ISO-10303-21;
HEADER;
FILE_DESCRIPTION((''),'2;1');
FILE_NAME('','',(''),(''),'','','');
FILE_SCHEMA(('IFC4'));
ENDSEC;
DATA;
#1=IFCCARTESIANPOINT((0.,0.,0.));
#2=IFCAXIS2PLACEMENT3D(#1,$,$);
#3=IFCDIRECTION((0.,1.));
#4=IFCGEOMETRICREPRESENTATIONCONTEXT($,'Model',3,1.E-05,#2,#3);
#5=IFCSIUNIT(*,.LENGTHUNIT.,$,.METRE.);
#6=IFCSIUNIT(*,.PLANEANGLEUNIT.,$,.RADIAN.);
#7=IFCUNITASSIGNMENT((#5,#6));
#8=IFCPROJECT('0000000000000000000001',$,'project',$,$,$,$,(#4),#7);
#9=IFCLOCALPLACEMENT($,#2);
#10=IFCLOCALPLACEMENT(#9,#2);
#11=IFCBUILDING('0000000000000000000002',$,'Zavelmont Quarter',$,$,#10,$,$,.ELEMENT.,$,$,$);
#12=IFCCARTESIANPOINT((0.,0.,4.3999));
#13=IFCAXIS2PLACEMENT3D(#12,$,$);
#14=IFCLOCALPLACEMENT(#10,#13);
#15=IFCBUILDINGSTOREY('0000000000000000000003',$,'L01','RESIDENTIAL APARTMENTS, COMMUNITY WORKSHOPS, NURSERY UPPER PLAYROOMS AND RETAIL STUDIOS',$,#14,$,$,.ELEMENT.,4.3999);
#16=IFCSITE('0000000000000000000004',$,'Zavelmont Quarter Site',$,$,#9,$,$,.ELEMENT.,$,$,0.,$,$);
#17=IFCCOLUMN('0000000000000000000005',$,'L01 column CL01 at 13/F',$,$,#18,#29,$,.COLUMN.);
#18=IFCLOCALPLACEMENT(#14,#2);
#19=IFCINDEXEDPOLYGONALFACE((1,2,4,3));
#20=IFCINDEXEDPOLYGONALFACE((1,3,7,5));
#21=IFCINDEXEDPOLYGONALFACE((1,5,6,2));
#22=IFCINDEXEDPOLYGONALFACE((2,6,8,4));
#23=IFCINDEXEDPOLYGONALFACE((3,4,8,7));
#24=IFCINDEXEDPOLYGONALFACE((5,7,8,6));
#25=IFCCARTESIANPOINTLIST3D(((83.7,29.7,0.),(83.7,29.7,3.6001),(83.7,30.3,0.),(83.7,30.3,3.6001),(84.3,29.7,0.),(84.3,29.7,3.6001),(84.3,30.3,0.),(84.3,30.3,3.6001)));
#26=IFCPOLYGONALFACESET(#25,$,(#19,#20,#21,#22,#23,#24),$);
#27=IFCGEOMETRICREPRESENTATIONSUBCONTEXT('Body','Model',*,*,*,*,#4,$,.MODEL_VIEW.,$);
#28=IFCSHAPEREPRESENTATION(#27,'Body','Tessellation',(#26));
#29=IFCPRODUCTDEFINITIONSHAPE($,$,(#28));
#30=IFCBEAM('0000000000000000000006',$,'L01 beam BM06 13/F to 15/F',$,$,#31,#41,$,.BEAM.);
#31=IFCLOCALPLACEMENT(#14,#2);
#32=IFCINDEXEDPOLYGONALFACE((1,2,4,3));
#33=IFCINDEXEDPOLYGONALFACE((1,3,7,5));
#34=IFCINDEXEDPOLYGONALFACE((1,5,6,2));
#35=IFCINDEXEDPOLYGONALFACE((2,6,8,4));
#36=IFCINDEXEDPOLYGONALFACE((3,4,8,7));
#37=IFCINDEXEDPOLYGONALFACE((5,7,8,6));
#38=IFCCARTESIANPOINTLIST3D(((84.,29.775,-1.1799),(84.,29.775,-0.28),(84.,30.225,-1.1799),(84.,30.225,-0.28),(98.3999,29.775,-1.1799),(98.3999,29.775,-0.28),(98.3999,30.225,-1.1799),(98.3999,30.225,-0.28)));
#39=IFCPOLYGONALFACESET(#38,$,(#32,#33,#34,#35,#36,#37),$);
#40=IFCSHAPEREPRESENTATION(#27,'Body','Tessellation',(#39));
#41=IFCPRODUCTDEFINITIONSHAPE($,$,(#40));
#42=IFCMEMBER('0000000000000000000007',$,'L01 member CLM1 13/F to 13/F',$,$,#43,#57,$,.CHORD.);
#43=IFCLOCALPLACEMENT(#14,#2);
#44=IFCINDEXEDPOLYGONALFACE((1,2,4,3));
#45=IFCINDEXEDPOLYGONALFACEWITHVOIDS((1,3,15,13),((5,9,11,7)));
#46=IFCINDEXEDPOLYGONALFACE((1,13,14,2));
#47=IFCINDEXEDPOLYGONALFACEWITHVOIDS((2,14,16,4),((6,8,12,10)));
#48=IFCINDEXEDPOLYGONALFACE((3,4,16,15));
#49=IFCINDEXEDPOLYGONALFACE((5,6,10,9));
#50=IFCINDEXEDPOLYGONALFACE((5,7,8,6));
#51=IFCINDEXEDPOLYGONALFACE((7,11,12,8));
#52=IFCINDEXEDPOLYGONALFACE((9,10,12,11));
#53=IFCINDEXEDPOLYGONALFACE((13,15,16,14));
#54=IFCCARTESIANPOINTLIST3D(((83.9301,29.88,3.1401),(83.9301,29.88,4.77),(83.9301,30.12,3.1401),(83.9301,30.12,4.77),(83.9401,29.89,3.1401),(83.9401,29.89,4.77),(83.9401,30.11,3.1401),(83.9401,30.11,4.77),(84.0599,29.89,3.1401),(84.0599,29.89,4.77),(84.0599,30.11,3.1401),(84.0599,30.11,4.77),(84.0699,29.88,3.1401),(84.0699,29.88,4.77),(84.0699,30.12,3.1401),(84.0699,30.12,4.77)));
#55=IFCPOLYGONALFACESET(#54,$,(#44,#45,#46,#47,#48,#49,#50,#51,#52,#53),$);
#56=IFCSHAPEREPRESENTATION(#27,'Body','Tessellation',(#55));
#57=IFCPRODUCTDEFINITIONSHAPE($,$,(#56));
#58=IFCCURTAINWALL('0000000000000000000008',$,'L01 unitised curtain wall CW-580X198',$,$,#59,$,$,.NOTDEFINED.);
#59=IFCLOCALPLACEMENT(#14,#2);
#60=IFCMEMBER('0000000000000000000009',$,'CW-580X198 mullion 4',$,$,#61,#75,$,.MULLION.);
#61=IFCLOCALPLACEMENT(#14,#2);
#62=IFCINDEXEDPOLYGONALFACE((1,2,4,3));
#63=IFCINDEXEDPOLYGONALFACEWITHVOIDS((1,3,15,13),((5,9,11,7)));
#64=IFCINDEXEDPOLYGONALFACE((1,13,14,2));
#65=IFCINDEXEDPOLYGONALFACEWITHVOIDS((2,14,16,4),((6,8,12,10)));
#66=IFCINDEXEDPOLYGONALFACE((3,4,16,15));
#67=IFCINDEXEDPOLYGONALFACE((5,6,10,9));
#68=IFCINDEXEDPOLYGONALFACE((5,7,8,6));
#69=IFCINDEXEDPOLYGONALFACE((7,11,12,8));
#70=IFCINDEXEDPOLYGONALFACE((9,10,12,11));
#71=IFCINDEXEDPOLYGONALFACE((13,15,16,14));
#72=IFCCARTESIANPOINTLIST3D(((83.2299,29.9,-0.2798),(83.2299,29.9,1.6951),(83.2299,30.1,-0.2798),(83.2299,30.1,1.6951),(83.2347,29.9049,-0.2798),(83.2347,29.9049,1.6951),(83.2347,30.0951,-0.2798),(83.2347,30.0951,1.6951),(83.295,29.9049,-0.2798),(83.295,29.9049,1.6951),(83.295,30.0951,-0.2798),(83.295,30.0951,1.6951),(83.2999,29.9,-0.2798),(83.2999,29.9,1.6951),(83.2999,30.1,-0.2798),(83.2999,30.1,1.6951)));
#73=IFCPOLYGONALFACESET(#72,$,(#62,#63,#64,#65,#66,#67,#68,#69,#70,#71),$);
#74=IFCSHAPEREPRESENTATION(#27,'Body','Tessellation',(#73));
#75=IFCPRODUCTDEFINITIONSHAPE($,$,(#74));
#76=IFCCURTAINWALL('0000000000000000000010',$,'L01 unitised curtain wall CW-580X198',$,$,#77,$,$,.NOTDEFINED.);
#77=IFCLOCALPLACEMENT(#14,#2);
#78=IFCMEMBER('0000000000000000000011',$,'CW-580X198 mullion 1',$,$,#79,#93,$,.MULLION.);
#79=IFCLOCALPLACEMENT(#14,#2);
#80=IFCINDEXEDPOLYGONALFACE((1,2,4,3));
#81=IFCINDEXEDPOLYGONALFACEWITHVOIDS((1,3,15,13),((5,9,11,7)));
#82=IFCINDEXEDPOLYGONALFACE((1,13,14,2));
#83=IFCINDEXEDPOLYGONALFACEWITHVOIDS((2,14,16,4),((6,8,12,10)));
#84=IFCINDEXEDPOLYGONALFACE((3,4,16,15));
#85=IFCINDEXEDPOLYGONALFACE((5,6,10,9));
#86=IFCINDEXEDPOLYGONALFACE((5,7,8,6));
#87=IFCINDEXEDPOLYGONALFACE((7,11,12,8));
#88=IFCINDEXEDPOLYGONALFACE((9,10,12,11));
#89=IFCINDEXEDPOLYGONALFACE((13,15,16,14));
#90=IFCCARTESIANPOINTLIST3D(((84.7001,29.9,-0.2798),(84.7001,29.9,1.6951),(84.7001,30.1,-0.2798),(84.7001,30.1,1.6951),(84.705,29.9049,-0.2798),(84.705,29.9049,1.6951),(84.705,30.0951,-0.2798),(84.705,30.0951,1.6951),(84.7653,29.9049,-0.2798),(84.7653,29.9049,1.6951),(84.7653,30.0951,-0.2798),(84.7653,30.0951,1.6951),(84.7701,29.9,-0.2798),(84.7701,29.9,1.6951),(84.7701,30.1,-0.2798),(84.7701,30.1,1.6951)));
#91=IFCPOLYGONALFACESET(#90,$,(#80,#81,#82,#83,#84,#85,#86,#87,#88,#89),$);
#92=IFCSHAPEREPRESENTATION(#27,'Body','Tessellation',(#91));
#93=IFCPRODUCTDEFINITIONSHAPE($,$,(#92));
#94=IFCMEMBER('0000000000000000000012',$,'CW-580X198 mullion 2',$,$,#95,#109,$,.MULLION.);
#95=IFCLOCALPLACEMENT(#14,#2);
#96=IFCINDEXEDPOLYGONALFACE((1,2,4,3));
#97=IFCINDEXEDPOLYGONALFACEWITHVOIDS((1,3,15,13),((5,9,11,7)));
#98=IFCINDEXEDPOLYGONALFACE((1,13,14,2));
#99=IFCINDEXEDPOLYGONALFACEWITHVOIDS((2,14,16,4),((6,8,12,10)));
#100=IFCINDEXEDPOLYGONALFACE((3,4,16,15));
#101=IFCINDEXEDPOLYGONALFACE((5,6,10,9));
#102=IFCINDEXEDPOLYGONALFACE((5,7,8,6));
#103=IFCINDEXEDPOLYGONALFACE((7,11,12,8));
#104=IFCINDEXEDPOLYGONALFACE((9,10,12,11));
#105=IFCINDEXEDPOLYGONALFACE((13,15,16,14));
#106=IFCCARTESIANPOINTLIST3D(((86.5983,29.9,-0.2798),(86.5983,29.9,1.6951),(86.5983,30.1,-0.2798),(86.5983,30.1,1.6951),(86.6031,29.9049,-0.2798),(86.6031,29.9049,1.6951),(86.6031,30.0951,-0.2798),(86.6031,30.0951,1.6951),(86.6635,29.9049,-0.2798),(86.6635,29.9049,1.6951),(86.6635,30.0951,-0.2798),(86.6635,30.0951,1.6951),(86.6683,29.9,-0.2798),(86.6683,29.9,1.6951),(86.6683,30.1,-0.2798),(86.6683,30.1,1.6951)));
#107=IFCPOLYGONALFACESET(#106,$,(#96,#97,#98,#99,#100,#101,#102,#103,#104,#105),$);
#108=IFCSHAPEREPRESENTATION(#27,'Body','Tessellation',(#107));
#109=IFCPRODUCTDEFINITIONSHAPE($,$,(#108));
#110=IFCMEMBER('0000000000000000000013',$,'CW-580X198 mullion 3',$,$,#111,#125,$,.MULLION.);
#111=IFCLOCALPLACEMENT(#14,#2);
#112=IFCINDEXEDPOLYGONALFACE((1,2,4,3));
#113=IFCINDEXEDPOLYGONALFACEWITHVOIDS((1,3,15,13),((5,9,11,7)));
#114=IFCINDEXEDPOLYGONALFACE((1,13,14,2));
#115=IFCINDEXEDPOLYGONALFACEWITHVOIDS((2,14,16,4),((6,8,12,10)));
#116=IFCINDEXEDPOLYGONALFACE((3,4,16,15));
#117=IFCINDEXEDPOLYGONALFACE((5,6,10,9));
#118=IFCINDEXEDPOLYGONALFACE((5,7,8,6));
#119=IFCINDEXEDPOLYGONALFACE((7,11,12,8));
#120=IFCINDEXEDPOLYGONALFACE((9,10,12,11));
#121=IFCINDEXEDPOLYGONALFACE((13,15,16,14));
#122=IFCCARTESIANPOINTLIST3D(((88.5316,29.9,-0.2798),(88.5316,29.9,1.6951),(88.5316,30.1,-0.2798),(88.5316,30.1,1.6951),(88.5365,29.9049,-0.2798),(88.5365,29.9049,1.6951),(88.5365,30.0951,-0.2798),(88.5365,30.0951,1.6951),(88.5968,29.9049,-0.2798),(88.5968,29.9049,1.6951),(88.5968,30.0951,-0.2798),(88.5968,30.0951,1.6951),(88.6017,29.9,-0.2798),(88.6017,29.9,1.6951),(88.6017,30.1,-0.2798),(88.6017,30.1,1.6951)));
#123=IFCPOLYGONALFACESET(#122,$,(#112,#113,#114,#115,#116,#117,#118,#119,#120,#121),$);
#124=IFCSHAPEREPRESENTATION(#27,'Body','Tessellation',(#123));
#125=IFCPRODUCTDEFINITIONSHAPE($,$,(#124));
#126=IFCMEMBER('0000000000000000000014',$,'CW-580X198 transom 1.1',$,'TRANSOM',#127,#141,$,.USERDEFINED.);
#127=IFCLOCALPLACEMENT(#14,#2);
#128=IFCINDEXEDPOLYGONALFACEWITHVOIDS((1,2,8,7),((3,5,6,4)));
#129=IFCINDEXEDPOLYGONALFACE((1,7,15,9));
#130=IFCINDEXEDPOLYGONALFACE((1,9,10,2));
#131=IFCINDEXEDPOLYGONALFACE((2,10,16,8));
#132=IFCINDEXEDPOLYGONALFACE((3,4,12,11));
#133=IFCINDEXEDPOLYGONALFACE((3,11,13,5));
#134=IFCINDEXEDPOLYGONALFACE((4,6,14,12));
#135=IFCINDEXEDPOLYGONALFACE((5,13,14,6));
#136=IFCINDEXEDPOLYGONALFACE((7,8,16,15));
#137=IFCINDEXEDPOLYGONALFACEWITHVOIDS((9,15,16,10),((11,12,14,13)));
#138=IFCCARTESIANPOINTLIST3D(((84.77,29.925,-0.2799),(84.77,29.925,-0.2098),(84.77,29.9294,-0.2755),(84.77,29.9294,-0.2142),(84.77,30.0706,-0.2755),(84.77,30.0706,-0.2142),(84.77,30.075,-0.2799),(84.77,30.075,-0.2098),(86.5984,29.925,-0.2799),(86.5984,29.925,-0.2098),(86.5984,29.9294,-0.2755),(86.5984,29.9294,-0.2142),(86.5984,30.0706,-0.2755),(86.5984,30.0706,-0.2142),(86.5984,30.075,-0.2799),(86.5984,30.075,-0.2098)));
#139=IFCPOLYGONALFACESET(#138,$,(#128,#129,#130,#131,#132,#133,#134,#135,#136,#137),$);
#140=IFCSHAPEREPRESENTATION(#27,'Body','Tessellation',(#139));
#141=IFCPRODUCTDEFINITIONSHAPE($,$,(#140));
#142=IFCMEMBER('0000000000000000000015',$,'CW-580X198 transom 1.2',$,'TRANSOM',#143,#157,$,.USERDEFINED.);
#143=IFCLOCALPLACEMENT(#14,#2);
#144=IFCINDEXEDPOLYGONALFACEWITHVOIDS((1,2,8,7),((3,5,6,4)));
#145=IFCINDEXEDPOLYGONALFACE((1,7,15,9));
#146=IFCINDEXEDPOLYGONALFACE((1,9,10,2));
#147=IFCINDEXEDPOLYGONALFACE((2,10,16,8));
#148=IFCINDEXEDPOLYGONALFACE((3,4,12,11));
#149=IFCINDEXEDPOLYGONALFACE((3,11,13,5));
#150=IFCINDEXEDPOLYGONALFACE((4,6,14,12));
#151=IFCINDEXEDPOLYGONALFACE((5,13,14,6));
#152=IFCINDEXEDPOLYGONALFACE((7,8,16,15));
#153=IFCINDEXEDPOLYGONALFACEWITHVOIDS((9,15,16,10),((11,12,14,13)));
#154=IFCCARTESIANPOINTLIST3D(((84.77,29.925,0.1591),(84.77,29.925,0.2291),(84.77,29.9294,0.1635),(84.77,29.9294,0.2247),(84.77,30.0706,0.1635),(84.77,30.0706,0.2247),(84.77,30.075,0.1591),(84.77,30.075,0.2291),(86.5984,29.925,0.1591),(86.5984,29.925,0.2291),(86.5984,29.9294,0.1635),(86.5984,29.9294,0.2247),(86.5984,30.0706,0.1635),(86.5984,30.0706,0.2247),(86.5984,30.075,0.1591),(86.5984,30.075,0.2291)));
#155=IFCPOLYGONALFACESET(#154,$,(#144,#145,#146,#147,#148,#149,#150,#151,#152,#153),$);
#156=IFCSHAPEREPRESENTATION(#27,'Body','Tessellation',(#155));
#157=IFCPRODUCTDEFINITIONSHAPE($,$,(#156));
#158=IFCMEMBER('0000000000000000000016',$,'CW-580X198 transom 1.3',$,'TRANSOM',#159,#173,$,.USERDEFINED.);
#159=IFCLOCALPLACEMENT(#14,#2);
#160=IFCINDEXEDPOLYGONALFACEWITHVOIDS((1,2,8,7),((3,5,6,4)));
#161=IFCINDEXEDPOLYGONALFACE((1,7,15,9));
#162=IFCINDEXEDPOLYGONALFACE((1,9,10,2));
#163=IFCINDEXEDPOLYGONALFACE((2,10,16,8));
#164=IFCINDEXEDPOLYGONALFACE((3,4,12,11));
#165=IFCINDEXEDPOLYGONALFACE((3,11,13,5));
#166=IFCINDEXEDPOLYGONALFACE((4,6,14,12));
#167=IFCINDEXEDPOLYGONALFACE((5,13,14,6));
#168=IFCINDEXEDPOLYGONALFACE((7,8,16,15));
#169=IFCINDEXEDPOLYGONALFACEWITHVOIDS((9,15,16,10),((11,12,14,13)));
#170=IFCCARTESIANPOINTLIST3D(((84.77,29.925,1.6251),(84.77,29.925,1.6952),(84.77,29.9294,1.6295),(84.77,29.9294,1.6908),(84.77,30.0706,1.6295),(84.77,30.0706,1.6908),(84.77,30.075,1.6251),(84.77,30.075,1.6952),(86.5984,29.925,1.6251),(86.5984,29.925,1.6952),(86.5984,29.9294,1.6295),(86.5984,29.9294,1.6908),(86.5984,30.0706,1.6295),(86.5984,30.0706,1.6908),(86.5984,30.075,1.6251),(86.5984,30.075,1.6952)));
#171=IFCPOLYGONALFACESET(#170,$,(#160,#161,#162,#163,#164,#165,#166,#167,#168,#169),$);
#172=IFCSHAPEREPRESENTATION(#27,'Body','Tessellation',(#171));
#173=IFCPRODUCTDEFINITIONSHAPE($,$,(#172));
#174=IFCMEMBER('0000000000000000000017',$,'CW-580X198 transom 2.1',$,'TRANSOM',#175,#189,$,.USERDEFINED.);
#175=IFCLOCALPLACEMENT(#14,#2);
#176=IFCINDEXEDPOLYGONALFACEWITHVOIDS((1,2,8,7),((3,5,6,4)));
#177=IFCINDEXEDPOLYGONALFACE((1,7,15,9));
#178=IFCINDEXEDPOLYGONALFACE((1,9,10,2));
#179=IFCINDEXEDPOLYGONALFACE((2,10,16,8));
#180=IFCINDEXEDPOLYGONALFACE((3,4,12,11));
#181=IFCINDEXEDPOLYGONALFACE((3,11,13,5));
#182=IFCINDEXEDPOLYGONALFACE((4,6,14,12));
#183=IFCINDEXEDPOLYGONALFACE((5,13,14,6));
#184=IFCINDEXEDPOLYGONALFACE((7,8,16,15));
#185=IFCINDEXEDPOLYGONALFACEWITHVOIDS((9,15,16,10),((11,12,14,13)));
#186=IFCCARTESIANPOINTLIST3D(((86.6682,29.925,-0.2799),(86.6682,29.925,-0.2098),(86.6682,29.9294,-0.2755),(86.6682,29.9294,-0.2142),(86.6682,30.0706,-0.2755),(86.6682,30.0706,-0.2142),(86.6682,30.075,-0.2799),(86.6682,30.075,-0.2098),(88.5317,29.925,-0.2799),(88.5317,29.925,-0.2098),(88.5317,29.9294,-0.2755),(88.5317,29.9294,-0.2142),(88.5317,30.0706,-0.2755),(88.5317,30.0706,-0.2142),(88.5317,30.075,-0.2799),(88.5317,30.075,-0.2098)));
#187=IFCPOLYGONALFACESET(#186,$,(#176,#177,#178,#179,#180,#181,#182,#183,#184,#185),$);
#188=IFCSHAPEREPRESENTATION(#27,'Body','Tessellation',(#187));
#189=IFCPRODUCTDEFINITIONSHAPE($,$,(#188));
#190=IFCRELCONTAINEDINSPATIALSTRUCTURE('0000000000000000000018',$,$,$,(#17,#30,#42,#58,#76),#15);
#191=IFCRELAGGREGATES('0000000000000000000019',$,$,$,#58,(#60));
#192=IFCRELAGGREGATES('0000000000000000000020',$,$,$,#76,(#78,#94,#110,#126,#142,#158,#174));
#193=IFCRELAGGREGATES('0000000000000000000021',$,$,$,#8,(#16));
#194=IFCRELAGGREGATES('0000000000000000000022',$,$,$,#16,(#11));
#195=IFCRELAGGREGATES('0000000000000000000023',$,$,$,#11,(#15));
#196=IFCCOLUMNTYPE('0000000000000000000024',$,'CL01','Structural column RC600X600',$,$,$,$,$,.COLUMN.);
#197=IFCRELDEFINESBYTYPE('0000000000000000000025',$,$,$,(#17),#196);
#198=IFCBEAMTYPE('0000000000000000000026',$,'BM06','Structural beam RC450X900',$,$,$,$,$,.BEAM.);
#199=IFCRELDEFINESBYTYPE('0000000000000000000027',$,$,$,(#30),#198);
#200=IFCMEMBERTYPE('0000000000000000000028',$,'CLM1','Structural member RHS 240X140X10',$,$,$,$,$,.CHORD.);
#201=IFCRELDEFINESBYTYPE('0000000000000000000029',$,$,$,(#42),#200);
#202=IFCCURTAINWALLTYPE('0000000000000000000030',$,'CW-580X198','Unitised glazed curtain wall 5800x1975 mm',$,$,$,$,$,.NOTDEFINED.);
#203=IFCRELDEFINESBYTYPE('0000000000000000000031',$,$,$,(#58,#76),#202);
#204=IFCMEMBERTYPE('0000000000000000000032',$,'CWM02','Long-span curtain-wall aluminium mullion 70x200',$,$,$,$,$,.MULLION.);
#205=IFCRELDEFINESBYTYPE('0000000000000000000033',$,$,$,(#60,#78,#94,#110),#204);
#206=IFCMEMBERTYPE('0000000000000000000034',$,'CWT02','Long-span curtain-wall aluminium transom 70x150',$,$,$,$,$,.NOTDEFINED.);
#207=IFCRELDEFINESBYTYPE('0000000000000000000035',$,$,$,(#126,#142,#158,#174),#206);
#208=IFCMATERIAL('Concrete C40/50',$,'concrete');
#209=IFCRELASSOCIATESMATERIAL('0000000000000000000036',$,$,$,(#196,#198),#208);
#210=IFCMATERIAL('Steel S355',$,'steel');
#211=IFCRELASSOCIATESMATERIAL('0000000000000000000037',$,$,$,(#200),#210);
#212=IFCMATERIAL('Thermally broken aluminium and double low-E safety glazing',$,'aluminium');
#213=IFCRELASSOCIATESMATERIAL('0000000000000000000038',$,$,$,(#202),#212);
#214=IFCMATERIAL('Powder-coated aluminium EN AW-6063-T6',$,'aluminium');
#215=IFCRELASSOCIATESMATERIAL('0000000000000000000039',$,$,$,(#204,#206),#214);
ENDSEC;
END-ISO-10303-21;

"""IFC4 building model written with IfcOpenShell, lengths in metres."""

from ifc_helpers import new_model, si_unit, direction, frame, origin, origin_2d, place, context, subcontext, project, spatial, rectangle, hollow_rectangle, extrude, material, material_profile, profile_set, type_object, element, aggregate, save


model = new_model("IFC4")

# Units and contexts
model_context = context("Model", 3, precision=1e-05, world=origin(), true_north=direction((0.0, 1.0)))
body_context = subcontext(model_context, "Body", "Model", "MODEL_VIEW")
ifc_project = project(units=[si_unit("LENGTHUNIT", "METRE"), si_unit("PLANEANGLEUNIT", "RADIAN")], contexts=[model_context])

# Site, building, storey
site_placement = place(None, origin())
site = spatial("IfcSite", under=ifc_project, at=site_placement, Name="Zavelmont Quarter Site", CompositionType="ELEMENT", RefElevation=0.0)
building_placement = place(site_placement, origin())
building = spatial("IfcBuilding", under=site, at=building_placement, Name="Zavelmont Quarter", CompositionType="ELEMENT")
storey_placement = place(building_placement, frame((0.0, 0.0, 4.3999)))
storey = spatial("IfcBuildingStorey", under=building, at=storey_placement, Name="L01", Description="RESIDENTIAL APARTMENTS, COMMUNITY WORKSHOPS, NURSERY UPPER PLAYROOMS AND RETAIL STUDIOS", CompositionType="ELEMENT", Elevation=4.3999)

# Column
ifc_material_1 = material(Name="Concrete C40/50", Category="concrete")
ifc_material_profile_1 = material_profile(ifc_material_1, rectangle(XDim=0.6001, YDim=0.6001, at=origin_2d()), Name="RC600X600")
ifc_profile_set_1 = profile_set([ifc_material_profile_1], Name="Concrete C40/50")
column_type = type_object("IfcColumnType", Name="CL01", Description="Structural column RC600X600", PredefinedType="COLUMN", material=ifc_profile_set_1)
column_placement = place(storey_placement, frame((84.0, 30.0, 0.0), z_axis=(0.0, 0.0, 1.0), x_axis=(1.0, 0.0, 0.0)))
element("IfcColumn", 1, at=column_placement, inside=storey, type_object=column_type, Name="L01 column CL01 at 13/F", PredefinedType="COLUMN", context=body_context, shape_type="SweptSolid", body=[
    extrude(rectangle(XDim=0.6001, YDim=0.6001, at=origin_2d()), origin(), (0.0, 0.0, 1.0), 3.6001),
])

# Beam
ifc_material_profile_2 = material_profile(ifc_material_1, rectangle(XDim=0.45, YDim=0.8999, at=origin_2d()), Name="RC450X900")
ifc_profile_set_2 = profile_set([ifc_material_profile_2], Name="Concrete C40/50")
beam_type = type_object("IfcBeamType", Name="BM06", Description="Structural beam RC450X900", PredefinedType="BEAM", material=ifc_profile_set_2)
beam_placement = place(storey_placement, frame((84.0, 30.0, -0.73), z_axis=(1.0, 0.0, 0.0), x_axis=(0.0, 1.0, 0.0)))
element("IfcBeam", 2, at=beam_placement, inside=storey, type_object=beam_type, Name="L01 beam BM06 13/F to 15/F", PredefinedType="BEAM", context=body_context, shape_type="SweptSolid", body=[
    extrude(rectangle(XDim=0.45, YDim=0.8999, at=origin_2d()), origin(), (0.0, 0.0, 1.0), 14.3999),
])

# Member
ifc_material_2 = material(Name="Steel S355", Category="steel")
ifc_material_profile_3 = material_profile(ifc_material_2, hollow_rectangle(XDim=0.1399, YDim=0.24, WallThickness=0.01, at=origin_2d()), Name="RHS 240X140X10")
ifc_profile_set_3 = profile_set([ifc_material_profile_3], Name="Steel S355")
member_type_1 = type_object("IfcMemberType", Name="CLM1", Description="Structural member RHS 240X140X10", PredefinedType="CHORD", material=ifc_profile_set_3)
member_1_placement = place(storey_placement, frame((84.0, 30.0, 3.1401), z_axis=(0.0, 0.0, 1.0), x_axis=(1.0, 0.0, 0.0)))
element("IfcMember", 3, at=member_1_placement, inside=storey, type_object=member_type_1, Name="L01 member CLM1 13/F to 13/F", PredefinedType="CHORD", context=body_context, shape_type="SweptSolid", body=[
    extrude(hollow_rectangle(XDim=0.1399, YDim=0.24, WallThickness=0.01, at=origin_2d()), origin(), (0.0, 0.0, 1.0), 1.6299),
])

# Curtain wall, member
ifc_material_3 = material(Name="Thermally broken aluminium and double low-E safety glazing", Category="aluminium")
curtain_wall_type = type_object("IfcCurtainWallType", Name="CW-580X198", Description="Unitised glazed curtain wall 5800x1975 mm", PredefinedType="NOTDEFINED", material=ifc_material_3)
curtain_wall_1_placement = place(storey_placement, origin())
curtain_wall_1 = element("IfcCurtainWall", 4, at=curtain_wall_1_placement, inside=storey, type_object=curtain_wall_type, Name="L01 unitised curtain wall CW-580X198", PredefinedType="NOTDEFINED")
ifc_material_4 = material(Name="Powder-coated aluminium EN AW-6063-T6", Category="aluminium")
ifc_material_profile_4 = material_profile(ifc_material_4, hollow_rectangle(XDim=0.0701, YDim=0.2, WallThickness=0.0049, at=origin_2d()), Name="CWM70X200")
ifc_profile_set_4 = profile_set([ifc_material_profile_4], Name="Powder-coated aluminium EN AW-6063-T6")
member_type_2 = type_object("IfcMemberType", Name="CWM02", Description="Long-span curtain-wall aluminium mullion 70x200", PredefinedType="MULLION", material=ifc_profile_set_4)
member_2_placement = place(storey_placement, frame((83.2649, 30.0, -0.2798), z_axis=(0.0, 0.0, 1.0), x_axis=(1.0, 0.0, 0.0)))
member_2 = element("IfcMember", 5, at=member_2_placement, type_object=member_type_2, Name="CW-580X198 mullion 4", PredefinedType="MULLION", context=body_context, shape_type="SweptSolid", body=[
    extrude(hollow_rectangle(XDim=0.0701, YDim=0.2, WallThickness=0.0049, at=origin_2d()), origin(), (0.0, 0.0, 1.0), 1.9749),
])
aggregate(curtain_wall_1, [member_2])

# Curtain wall, members
curtain_wall_2_placement = place(storey_placement, origin())
curtain_wall_2 = element("IfcCurtainWall", 6, at=curtain_wall_2_placement, inside=storey, type_object=curtain_wall_type, Name="L01 unitised curtain wall CW-580X198", PredefinedType="NOTDEFINED")
member_3_placement = place(storey_placement, frame((84.7351, 30.0, -0.2798), z_axis=(0.0, 0.0, 1.0), x_axis=(1.0, 0.0, 0.0)))
member_3 = element("IfcMember", 7, at=member_3_placement, type_object=member_type_2, Name="CW-580X198 mullion 1", PredefinedType="MULLION", context=body_context, shape_type="SweptSolid", body=[
    extrude(hollow_rectangle(XDim=0.0701, YDim=0.2, WallThickness=0.0049, at=origin_2d()), origin(), (0.0, 0.0, 1.0), 1.9749),
])
member_4_placement = place(storey_placement, frame((86.6333, 30.0, -0.2798), z_axis=(0.0, 0.0, 1.0), x_axis=(1.0, 0.0, 0.0)))
member_4 = element("IfcMember", 8, at=member_4_placement, type_object=member_type_2, Name="CW-580X198 mullion 2", PredefinedType="MULLION", context=body_context, shape_type="SweptSolid", body=[
    extrude(hollow_rectangle(XDim=0.0701, YDim=0.2, WallThickness=0.0049, at=origin_2d()), origin(), (0.0, 0.0, 1.0), 1.9749),
])
member_5_placement = place(storey_placement, frame((88.5667, 30.0, -0.2798), z_axis=(0.0, 0.0, 1.0), x_axis=(1.0, 0.0, 0.0)))
member_5 = element("IfcMember", 9, at=member_5_placement, type_object=member_type_2, Name="CW-580X198 mullion 3", PredefinedType="MULLION", context=body_context, shape_type="SweptSolid", body=[
    extrude(hollow_rectangle(XDim=0.0701, YDim=0.2, WallThickness=0.0049, at=origin_2d()), origin(), (0.0, 0.0, 1.0), 1.9749),
])
ifc_material_profile_5 = material_profile(ifc_material_4, hollow_rectangle(XDim=0.1499, YDim=0.0701, WallThickness=0.0044, at=origin_2d()), Name="CWT70X150")
ifc_profile_set_5 = profile_set([ifc_material_profile_5], Name="Powder-coated aluminium EN AW-6063-T6")
member_type_3 = type_object("IfcMemberType", Name="CWT02", Description="Long-span curtain-wall aluminium transom 70x150", PredefinedType="NOTDEFINED", material=ifc_profile_set_5)
member_6_placement = place(storey_placement, frame((84.77, 30.0, -0.2449), z_axis=(1.0, 0.0, 0.0), x_axis=(0.0, 1.0, 0.0)))
member_6 = element("IfcMember", 10, at=member_6_placement, type_object=member_type_3, Name="CW-580X198 transom 1.1", ObjectType="TRANSOM", PredefinedType="USERDEFINED", context=body_context, shape_type="SweptSolid", body=[
    extrude(hollow_rectangle(XDim=0.1499, YDim=0.0701, WallThickness=0.0044, at=origin_2d()), origin(), (0.0, 0.0, 1.0), 1.8284),
])
member_7_placement = place(storey_placement, frame((84.77, 30.0, 0.1941), z_axis=(1.0, 0.0, 0.0), x_axis=(0.0, 1.0, 0.0)))
member_7 = element("IfcMember", 11, at=member_7_placement, type_object=member_type_3, Name="CW-580X198 transom 1.2", ObjectType="TRANSOM", PredefinedType="USERDEFINED", context=body_context, shape_type="SweptSolid", body=[
    extrude(hollow_rectangle(XDim=0.1499, YDim=0.0701, WallThickness=0.0044, at=origin_2d()), origin(), (0.0, 0.0, 1.0), 1.8284),
])
member_8_placement = place(storey_placement, frame((84.77, 30.0, 1.6602), z_axis=(1.0, 0.0, 0.0), x_axis=(0.0, 1.0, 0.0)))
member_8 = element("IfcMember", 12, at=member_8_placement, type_object=member_type_3, Name="CW-580X198 transom 1.3", ObjectType="TRANSOM", PredefinedType="USERDEFINED", context=body_context, shape_type="SweptSolid", body=[
    extrude(hollow_rectangle(XDim=0.1499, YDim=0.0701, WallThickness=0.0044, at=origin_2d()), origin(), (0.0, 0.0, 1.0), 1.8284),
])
member_9_placement = place(storey_placement, frame((86.6682, 30.0, -0.2449), z_axis=(1.0, 0.0, 0.0), x_axis=(0.0, 1.0, 0.0)))
member_9 = element("IfcMember", 13, at=member_9_placement, type_object=member_type_3, Name="CW-580X198 transom 2.1", ObjectType="TRANSOM", PredefinedType="USERDEFINED", context=body_context, shape_type="SweptSolid", body=[
    extrude(hollow_rectangle(XDim=0.1499, YDim=0.0701, WallThickness=0.0044, at=origin_2d()), origin(), (0.0, 0.0, 1.0), 1.8635),
])

aggregate(curtain_wall_2, [member_3, member_4, member_5, member_6, member_7, member_8, member_9])

save(model, "model.ifc")
